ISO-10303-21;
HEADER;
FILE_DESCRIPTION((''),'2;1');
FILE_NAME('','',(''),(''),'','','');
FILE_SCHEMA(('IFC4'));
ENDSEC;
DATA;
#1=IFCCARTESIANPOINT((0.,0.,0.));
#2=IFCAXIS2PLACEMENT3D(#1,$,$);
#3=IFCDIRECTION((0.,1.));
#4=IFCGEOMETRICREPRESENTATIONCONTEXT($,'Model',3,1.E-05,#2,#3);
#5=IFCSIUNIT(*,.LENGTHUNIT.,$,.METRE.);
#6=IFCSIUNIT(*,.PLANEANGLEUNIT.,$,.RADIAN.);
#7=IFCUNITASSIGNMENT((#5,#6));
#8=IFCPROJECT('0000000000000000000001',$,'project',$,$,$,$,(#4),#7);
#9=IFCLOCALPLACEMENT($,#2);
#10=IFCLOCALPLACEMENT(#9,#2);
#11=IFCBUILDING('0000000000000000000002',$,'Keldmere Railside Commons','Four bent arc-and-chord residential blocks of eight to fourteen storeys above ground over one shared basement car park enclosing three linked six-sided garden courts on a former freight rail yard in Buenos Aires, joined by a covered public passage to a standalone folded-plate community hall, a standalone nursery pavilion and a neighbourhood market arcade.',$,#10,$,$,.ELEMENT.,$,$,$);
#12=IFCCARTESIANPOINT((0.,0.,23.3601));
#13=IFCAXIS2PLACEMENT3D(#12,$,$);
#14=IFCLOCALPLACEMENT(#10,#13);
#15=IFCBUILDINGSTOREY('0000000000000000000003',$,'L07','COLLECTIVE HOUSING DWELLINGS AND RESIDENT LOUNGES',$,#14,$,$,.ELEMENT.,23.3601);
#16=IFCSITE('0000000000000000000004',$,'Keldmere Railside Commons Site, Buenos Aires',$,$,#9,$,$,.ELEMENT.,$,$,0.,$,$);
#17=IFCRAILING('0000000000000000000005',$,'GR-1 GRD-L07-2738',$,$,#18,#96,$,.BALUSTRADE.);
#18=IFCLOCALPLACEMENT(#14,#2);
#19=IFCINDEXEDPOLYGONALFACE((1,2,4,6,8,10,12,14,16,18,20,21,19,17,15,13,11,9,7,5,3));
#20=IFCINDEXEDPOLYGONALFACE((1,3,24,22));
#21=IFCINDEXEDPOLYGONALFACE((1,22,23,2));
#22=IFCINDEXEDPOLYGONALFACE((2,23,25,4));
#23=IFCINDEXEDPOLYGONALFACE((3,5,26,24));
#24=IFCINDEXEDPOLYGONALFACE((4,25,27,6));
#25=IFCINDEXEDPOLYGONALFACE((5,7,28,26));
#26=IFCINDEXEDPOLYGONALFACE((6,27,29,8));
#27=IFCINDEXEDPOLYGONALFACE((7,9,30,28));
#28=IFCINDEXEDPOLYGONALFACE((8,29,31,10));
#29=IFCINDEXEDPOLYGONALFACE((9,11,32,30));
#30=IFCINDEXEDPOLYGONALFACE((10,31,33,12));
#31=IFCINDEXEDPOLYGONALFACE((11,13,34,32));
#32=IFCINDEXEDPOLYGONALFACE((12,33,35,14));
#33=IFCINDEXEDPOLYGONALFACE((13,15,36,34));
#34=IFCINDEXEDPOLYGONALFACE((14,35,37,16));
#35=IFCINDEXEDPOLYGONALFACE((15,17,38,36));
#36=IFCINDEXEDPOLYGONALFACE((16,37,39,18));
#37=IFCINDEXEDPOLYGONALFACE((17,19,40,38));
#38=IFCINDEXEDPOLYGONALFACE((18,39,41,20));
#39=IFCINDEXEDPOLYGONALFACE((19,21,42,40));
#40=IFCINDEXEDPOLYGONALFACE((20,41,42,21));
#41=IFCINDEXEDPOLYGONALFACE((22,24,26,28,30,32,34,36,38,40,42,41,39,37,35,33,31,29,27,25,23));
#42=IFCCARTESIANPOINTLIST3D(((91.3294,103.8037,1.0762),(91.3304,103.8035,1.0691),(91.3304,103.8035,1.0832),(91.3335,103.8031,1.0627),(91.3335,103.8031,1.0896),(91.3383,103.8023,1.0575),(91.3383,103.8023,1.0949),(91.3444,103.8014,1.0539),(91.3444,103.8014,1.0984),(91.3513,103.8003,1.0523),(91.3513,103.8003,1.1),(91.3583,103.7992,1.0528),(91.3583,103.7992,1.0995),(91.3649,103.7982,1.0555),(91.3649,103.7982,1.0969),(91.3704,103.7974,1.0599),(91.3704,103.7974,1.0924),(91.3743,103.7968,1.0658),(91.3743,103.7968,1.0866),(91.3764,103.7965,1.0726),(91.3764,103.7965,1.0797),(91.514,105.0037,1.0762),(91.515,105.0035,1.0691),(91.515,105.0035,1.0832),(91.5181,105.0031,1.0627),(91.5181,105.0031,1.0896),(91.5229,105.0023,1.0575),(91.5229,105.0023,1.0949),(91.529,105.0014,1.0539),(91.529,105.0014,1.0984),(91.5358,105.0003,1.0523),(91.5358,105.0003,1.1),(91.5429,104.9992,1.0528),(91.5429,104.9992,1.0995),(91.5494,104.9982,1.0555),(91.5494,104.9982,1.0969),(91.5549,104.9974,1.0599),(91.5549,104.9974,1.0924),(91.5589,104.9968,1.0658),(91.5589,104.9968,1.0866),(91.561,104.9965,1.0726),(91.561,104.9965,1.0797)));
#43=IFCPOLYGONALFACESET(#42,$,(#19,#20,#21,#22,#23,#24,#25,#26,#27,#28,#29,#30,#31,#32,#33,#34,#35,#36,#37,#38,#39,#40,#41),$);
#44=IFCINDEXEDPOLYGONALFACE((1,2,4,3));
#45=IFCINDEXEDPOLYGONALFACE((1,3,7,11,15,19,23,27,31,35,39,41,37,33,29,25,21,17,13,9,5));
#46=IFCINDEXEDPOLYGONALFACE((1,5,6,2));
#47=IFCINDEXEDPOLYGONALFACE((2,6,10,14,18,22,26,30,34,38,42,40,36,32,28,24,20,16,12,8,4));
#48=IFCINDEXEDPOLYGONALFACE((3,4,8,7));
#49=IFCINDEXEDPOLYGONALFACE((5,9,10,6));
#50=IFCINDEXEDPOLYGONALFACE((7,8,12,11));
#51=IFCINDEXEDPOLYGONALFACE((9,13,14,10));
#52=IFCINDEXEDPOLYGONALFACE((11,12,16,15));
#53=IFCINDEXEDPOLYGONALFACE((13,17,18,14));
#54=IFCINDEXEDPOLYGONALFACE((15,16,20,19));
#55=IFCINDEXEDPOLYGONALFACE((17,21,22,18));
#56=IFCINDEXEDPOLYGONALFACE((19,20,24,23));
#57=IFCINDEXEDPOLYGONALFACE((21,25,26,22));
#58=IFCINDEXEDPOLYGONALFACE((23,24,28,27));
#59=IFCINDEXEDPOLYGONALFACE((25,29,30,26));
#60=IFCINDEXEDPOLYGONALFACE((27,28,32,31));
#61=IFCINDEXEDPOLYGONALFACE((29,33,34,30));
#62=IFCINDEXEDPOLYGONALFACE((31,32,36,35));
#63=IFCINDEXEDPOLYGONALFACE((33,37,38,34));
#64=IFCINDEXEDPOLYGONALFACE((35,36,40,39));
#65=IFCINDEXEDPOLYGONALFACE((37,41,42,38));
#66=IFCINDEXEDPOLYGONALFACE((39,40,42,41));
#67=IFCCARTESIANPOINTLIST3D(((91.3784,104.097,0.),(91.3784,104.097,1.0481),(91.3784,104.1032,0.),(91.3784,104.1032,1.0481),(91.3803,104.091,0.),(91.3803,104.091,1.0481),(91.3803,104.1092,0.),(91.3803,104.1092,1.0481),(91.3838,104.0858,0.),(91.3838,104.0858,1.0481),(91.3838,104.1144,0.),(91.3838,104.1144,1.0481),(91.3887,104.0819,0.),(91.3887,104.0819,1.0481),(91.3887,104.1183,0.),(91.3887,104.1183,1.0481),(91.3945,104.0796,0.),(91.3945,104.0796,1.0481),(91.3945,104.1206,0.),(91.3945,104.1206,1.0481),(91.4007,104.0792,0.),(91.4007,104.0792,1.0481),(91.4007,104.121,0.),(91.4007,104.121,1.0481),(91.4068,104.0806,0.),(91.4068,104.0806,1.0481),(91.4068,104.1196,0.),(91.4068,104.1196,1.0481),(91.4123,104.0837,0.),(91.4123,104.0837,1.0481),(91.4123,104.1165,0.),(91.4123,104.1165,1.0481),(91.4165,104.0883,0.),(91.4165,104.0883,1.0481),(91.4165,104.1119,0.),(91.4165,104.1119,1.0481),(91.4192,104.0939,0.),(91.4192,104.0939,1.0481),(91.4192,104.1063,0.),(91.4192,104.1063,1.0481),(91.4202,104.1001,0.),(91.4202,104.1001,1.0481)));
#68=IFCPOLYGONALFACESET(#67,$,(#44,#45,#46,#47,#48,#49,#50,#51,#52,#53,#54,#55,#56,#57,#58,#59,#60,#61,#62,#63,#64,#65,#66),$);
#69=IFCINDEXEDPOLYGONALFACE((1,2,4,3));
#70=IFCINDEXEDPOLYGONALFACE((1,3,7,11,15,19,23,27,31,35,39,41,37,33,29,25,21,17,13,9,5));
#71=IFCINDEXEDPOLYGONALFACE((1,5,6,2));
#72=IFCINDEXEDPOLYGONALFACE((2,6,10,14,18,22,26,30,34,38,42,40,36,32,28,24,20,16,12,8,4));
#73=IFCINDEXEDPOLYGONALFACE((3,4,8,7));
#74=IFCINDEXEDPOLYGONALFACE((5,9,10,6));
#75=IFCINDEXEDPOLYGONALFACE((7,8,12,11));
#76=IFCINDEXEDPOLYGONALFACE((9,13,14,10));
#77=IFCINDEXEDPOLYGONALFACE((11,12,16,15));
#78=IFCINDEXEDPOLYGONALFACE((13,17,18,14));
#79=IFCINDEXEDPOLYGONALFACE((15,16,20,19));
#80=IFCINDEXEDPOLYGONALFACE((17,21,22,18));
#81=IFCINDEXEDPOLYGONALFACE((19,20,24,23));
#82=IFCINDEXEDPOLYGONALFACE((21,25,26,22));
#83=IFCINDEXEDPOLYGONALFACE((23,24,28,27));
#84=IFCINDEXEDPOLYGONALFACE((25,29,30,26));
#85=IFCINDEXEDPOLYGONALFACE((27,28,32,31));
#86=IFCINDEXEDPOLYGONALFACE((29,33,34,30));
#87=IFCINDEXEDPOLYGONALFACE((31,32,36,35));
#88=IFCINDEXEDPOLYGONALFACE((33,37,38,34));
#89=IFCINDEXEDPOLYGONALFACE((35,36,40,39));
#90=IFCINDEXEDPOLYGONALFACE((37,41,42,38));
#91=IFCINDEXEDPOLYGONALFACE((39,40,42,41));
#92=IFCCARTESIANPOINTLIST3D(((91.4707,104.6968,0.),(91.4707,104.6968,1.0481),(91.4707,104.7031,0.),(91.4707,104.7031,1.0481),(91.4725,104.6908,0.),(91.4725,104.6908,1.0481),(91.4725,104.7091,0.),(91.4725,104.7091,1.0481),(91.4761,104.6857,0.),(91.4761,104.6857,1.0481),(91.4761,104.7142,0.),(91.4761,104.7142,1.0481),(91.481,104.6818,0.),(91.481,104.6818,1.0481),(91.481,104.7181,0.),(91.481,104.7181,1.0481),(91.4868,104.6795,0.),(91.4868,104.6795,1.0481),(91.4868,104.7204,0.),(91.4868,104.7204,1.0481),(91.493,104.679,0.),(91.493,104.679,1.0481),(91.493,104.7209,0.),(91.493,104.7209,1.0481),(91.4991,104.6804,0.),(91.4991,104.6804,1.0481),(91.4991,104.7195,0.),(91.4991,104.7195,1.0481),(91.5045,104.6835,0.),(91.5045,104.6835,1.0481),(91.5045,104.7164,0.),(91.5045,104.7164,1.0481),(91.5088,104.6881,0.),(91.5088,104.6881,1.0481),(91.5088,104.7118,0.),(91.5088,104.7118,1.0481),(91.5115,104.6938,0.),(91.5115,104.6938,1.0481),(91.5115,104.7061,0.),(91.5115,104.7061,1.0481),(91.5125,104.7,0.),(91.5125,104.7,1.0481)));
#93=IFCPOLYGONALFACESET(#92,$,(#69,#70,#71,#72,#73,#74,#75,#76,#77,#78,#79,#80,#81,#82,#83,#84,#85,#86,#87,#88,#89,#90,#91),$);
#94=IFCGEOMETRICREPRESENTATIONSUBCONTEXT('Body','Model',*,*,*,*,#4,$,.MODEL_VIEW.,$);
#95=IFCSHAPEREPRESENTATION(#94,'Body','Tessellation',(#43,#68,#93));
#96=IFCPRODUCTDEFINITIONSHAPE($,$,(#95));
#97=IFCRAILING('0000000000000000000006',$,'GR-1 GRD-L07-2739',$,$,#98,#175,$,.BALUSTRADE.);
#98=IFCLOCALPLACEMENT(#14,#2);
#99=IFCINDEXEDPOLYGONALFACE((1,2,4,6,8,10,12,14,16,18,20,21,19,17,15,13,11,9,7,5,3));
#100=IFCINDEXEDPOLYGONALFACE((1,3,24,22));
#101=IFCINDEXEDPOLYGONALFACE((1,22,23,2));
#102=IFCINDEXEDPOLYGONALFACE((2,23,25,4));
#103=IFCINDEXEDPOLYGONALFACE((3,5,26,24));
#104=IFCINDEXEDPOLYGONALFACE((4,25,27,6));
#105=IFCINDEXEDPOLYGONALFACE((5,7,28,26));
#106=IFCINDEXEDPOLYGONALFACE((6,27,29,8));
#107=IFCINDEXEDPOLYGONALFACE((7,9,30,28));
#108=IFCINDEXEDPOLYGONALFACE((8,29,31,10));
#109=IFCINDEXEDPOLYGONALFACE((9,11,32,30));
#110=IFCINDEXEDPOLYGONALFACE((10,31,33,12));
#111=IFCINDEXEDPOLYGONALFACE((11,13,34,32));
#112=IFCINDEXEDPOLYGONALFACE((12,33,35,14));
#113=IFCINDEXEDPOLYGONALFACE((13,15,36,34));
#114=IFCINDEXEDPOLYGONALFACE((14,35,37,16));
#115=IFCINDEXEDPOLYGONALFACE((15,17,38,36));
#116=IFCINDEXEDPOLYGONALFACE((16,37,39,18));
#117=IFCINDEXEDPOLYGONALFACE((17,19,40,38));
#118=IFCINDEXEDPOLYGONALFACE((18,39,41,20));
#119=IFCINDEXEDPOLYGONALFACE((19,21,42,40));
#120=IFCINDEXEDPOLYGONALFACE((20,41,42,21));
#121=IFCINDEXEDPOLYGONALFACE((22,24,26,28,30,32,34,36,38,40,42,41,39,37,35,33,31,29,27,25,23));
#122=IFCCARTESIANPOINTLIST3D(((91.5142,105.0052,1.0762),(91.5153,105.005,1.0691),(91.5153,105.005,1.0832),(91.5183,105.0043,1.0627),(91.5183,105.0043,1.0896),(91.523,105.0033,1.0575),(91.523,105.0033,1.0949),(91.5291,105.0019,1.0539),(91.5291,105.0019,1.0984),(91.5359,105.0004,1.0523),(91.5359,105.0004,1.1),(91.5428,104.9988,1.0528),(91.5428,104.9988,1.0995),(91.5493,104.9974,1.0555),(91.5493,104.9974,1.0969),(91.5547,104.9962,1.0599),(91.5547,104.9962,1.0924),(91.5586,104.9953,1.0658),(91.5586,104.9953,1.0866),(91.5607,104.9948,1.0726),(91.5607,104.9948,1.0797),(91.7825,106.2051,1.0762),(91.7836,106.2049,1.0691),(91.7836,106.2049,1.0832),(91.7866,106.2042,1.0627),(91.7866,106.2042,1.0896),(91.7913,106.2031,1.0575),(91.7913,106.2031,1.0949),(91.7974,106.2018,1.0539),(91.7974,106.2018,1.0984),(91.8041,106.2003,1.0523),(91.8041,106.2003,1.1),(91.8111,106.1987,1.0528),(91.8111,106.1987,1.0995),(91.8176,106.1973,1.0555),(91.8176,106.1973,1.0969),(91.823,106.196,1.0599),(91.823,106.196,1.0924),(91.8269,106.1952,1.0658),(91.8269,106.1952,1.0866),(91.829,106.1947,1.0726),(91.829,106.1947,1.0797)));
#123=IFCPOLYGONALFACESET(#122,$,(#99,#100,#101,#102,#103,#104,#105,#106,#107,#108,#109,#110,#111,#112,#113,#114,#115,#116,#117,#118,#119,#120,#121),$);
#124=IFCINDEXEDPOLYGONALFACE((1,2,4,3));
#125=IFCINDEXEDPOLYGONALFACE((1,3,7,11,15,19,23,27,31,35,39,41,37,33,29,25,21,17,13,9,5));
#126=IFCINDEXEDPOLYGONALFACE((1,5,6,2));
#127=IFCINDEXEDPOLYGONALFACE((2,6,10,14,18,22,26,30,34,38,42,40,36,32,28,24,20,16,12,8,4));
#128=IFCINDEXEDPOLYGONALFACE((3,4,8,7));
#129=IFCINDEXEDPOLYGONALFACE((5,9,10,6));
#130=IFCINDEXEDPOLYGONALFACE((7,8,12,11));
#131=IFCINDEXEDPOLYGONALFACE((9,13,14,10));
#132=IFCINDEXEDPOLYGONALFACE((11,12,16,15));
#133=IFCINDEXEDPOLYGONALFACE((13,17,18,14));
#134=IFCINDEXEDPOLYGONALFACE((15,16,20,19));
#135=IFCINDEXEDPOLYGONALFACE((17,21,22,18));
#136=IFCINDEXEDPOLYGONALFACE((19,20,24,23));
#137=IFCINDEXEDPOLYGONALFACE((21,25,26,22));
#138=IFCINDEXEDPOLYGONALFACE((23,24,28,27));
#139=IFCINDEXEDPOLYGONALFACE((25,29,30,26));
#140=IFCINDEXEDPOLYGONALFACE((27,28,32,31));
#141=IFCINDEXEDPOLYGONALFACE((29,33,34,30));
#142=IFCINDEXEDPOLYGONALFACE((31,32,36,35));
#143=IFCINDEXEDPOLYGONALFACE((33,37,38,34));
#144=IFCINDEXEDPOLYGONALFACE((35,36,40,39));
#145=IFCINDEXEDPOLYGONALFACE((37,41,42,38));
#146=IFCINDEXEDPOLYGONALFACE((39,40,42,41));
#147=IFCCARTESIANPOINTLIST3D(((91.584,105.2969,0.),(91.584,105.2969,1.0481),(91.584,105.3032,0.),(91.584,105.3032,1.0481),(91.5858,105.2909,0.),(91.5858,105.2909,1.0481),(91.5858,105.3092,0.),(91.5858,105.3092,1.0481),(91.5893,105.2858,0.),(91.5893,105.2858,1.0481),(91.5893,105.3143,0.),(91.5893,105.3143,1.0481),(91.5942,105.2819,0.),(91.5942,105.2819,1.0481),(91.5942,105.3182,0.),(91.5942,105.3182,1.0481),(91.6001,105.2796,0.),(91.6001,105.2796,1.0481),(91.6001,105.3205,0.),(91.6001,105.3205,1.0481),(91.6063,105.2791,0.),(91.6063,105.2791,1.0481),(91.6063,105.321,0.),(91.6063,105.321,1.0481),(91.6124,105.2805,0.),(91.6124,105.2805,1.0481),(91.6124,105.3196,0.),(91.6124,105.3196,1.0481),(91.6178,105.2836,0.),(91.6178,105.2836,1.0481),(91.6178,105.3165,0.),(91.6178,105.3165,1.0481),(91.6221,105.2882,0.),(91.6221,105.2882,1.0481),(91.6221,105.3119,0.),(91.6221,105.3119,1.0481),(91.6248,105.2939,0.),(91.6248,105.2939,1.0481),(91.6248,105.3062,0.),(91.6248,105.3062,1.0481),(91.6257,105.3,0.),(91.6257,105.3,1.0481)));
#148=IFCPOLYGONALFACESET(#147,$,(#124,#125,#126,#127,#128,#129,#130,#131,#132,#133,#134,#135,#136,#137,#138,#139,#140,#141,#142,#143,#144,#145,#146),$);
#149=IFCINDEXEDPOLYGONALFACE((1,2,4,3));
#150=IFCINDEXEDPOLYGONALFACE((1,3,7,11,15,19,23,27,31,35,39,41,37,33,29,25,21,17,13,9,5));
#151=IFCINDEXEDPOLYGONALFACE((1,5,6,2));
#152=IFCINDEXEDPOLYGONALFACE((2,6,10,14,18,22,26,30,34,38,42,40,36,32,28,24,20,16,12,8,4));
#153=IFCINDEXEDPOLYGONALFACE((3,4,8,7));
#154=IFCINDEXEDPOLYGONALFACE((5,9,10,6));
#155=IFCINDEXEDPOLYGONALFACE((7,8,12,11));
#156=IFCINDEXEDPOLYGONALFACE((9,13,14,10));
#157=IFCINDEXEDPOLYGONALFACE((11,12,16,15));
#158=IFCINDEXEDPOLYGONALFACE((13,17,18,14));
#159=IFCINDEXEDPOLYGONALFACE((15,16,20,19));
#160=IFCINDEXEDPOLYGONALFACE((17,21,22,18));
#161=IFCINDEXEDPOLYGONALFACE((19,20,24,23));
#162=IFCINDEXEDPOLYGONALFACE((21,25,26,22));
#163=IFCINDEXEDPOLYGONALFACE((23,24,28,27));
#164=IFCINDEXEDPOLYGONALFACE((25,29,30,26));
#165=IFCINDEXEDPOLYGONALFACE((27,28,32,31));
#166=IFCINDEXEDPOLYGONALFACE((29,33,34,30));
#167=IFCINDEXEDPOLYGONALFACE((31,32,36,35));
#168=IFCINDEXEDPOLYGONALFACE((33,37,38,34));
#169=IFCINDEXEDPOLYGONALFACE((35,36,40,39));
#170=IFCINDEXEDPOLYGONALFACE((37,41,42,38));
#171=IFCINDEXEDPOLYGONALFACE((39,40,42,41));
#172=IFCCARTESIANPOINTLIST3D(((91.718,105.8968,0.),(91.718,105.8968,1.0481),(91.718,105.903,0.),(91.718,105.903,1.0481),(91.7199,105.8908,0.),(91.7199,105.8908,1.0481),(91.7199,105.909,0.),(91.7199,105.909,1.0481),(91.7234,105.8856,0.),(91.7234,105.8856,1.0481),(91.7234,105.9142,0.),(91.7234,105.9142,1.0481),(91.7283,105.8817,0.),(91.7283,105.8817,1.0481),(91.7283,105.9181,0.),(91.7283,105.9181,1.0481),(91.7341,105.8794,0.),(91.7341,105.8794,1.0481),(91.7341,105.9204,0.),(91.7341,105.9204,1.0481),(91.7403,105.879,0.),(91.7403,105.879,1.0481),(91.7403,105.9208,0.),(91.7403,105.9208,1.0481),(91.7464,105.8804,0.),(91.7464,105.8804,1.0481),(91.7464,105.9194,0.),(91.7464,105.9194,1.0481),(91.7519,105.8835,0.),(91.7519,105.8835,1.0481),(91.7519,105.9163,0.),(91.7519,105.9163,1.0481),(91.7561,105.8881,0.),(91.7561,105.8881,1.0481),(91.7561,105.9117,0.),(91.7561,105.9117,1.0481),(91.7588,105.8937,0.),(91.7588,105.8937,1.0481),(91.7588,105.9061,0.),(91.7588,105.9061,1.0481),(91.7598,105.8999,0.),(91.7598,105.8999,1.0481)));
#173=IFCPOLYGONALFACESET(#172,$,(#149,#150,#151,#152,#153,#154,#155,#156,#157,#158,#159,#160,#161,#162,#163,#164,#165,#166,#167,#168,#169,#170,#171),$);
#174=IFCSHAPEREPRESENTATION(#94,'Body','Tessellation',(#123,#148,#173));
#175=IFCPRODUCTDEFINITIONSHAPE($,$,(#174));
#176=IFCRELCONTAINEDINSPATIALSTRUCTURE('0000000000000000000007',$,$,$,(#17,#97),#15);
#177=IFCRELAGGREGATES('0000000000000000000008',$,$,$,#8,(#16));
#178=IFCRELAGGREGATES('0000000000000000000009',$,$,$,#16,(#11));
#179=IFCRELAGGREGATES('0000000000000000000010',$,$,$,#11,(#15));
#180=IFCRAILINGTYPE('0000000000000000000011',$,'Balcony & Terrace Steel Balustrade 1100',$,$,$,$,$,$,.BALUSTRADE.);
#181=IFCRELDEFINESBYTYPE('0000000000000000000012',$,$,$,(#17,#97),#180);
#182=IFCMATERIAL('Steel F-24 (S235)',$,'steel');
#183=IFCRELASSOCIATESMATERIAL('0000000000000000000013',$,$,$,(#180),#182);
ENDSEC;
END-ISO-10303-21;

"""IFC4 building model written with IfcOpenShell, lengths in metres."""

from ifc_helpers import new_model, si_unit, direction, frame, origin, origin_2d, place, context, subcontext, project, spatial, circle, extrude, material, type_object, element, save


model = new_model("IFC4")

# Units and contexts
model_context = context("Model", 3, precision=1e-05, world=origin(), true_north=direction((0.0, 1.0)))
body_context = subcontext(model_context, "Body", "Model", "MODEL_VIEW")
ifc_project = project(units=[si_unit("LENGTHUNIT", "METRE"), si_unit("PLANEANGLEUNIT", "RADIAN")], contexts=[model_context])

# Site, building, storey
site_placement = place(None, origin())
site = spatial("IfcSite", under=ifc_project, at=site_placement, Name="Keldmere Railside Commons Site, Buenos Aires", CompositionType="ELEMENT", RefElevation=0.0)
building_placement = place(site_placement, origin())
building = spatial("IfcBuilding", under=site, at=building_placement, Name="Keldmere Railside Commons", Description="Four bent arc-and-chord residential blocks of eight to fourteen storeys above ground over one shared basement car park enclosing three linked six-sided garden courts on a former freight rail yard in Buenos Aires, joined by a covered public passage to a standalone folded-plate community hall, a standalone nursery pavilion and a neighbourhood market arcade.", CompositionType="ELEMENT")
storey_placement = place(building_placement, frame((0.0, 0.0, 23.3601)))
storey = spatial("IfcBuildingStorey", under=building, at=storey_placement, Name="L07", Description="COLLECTIVE HOUSING DWELLINGS AND RESIDENT LOUNGES", CompositionType="ELEMENT", Elevation=23.3601)

# Railings
ifc_material_1 = material(Name="Steel F-24 (S235)", Category="steel")
railing_type = type_object("IfcRailingType", Name="Balcony & Terrace Steel Balustrade 1100", PredefinedType="BALUSTRADE", material=ifc_material_1)
railing_1_placement = place(storey_placement, frame((91.353, 103.8, 0.0)))
element("IfcRailing", 1, at=railing_1_placement, inside=storey, type_object=railing_type, Name="GR-1 GRD-L07-2738", PredefinedType="BALUSTRADE", context=body_context, shape_type="SweptSolid", body=[
    extrude(circle(Radius=0.0239, at=origin_2d()), frame((0.0, 0.0, 1.0762), z_axis=(0.152027, 0.988376, 0.0), x_axis=(-0.988376, 0.152027, 0.0)), (0.0, 0.0, 1.0), 1.2141),
    extrude(circle(Radius=0.021, at=origin_2d()), frame((0.0461, 0.3, 0.0)), (0.0, 0.0, 1.0), 1.0481),
    extrude(circle(Radius=0.021, at=origin_2d()), frame((0.1384, 0.8999, 0.0)), (0.0, 0.0, 1.0), 1.0481),
])
railing_2_placement = place(storey_placement, frame((91.5376, 105.0, 0.0)))
element("IfcRailing", 2, at=railing_2_placement, inside=storey, type_object=railing_type, Name="GR-1 GRD-L07-2739", PredefinedType="BALUSTRADE", context=body_context, shape_type="SweptSolid", body=[
    extrude(circle(Radius=0.0239, at=origin_2d()), frame((0.0, 0.0, 1.0762), z_axis=(0.218213, 0.975901, 0.0), x_axis=(-0.975901, 0.218213, 0.0)), (0.0, 0.0, 1.0), 1.2295),
    extrude(circle(Radius=0.021, at=origin_2d()), frame((0.0671, 0.3, 0.0)), (0.0, 0.0, 1.0), 1.0481),
    extrude(circle(Radius=0.021, at=origin_2d()), frame((0.2012, 0.8999, 0.0)), (0.0, 0.0, 1.0), 1.0481),
])

save(model, "model.ifc")
